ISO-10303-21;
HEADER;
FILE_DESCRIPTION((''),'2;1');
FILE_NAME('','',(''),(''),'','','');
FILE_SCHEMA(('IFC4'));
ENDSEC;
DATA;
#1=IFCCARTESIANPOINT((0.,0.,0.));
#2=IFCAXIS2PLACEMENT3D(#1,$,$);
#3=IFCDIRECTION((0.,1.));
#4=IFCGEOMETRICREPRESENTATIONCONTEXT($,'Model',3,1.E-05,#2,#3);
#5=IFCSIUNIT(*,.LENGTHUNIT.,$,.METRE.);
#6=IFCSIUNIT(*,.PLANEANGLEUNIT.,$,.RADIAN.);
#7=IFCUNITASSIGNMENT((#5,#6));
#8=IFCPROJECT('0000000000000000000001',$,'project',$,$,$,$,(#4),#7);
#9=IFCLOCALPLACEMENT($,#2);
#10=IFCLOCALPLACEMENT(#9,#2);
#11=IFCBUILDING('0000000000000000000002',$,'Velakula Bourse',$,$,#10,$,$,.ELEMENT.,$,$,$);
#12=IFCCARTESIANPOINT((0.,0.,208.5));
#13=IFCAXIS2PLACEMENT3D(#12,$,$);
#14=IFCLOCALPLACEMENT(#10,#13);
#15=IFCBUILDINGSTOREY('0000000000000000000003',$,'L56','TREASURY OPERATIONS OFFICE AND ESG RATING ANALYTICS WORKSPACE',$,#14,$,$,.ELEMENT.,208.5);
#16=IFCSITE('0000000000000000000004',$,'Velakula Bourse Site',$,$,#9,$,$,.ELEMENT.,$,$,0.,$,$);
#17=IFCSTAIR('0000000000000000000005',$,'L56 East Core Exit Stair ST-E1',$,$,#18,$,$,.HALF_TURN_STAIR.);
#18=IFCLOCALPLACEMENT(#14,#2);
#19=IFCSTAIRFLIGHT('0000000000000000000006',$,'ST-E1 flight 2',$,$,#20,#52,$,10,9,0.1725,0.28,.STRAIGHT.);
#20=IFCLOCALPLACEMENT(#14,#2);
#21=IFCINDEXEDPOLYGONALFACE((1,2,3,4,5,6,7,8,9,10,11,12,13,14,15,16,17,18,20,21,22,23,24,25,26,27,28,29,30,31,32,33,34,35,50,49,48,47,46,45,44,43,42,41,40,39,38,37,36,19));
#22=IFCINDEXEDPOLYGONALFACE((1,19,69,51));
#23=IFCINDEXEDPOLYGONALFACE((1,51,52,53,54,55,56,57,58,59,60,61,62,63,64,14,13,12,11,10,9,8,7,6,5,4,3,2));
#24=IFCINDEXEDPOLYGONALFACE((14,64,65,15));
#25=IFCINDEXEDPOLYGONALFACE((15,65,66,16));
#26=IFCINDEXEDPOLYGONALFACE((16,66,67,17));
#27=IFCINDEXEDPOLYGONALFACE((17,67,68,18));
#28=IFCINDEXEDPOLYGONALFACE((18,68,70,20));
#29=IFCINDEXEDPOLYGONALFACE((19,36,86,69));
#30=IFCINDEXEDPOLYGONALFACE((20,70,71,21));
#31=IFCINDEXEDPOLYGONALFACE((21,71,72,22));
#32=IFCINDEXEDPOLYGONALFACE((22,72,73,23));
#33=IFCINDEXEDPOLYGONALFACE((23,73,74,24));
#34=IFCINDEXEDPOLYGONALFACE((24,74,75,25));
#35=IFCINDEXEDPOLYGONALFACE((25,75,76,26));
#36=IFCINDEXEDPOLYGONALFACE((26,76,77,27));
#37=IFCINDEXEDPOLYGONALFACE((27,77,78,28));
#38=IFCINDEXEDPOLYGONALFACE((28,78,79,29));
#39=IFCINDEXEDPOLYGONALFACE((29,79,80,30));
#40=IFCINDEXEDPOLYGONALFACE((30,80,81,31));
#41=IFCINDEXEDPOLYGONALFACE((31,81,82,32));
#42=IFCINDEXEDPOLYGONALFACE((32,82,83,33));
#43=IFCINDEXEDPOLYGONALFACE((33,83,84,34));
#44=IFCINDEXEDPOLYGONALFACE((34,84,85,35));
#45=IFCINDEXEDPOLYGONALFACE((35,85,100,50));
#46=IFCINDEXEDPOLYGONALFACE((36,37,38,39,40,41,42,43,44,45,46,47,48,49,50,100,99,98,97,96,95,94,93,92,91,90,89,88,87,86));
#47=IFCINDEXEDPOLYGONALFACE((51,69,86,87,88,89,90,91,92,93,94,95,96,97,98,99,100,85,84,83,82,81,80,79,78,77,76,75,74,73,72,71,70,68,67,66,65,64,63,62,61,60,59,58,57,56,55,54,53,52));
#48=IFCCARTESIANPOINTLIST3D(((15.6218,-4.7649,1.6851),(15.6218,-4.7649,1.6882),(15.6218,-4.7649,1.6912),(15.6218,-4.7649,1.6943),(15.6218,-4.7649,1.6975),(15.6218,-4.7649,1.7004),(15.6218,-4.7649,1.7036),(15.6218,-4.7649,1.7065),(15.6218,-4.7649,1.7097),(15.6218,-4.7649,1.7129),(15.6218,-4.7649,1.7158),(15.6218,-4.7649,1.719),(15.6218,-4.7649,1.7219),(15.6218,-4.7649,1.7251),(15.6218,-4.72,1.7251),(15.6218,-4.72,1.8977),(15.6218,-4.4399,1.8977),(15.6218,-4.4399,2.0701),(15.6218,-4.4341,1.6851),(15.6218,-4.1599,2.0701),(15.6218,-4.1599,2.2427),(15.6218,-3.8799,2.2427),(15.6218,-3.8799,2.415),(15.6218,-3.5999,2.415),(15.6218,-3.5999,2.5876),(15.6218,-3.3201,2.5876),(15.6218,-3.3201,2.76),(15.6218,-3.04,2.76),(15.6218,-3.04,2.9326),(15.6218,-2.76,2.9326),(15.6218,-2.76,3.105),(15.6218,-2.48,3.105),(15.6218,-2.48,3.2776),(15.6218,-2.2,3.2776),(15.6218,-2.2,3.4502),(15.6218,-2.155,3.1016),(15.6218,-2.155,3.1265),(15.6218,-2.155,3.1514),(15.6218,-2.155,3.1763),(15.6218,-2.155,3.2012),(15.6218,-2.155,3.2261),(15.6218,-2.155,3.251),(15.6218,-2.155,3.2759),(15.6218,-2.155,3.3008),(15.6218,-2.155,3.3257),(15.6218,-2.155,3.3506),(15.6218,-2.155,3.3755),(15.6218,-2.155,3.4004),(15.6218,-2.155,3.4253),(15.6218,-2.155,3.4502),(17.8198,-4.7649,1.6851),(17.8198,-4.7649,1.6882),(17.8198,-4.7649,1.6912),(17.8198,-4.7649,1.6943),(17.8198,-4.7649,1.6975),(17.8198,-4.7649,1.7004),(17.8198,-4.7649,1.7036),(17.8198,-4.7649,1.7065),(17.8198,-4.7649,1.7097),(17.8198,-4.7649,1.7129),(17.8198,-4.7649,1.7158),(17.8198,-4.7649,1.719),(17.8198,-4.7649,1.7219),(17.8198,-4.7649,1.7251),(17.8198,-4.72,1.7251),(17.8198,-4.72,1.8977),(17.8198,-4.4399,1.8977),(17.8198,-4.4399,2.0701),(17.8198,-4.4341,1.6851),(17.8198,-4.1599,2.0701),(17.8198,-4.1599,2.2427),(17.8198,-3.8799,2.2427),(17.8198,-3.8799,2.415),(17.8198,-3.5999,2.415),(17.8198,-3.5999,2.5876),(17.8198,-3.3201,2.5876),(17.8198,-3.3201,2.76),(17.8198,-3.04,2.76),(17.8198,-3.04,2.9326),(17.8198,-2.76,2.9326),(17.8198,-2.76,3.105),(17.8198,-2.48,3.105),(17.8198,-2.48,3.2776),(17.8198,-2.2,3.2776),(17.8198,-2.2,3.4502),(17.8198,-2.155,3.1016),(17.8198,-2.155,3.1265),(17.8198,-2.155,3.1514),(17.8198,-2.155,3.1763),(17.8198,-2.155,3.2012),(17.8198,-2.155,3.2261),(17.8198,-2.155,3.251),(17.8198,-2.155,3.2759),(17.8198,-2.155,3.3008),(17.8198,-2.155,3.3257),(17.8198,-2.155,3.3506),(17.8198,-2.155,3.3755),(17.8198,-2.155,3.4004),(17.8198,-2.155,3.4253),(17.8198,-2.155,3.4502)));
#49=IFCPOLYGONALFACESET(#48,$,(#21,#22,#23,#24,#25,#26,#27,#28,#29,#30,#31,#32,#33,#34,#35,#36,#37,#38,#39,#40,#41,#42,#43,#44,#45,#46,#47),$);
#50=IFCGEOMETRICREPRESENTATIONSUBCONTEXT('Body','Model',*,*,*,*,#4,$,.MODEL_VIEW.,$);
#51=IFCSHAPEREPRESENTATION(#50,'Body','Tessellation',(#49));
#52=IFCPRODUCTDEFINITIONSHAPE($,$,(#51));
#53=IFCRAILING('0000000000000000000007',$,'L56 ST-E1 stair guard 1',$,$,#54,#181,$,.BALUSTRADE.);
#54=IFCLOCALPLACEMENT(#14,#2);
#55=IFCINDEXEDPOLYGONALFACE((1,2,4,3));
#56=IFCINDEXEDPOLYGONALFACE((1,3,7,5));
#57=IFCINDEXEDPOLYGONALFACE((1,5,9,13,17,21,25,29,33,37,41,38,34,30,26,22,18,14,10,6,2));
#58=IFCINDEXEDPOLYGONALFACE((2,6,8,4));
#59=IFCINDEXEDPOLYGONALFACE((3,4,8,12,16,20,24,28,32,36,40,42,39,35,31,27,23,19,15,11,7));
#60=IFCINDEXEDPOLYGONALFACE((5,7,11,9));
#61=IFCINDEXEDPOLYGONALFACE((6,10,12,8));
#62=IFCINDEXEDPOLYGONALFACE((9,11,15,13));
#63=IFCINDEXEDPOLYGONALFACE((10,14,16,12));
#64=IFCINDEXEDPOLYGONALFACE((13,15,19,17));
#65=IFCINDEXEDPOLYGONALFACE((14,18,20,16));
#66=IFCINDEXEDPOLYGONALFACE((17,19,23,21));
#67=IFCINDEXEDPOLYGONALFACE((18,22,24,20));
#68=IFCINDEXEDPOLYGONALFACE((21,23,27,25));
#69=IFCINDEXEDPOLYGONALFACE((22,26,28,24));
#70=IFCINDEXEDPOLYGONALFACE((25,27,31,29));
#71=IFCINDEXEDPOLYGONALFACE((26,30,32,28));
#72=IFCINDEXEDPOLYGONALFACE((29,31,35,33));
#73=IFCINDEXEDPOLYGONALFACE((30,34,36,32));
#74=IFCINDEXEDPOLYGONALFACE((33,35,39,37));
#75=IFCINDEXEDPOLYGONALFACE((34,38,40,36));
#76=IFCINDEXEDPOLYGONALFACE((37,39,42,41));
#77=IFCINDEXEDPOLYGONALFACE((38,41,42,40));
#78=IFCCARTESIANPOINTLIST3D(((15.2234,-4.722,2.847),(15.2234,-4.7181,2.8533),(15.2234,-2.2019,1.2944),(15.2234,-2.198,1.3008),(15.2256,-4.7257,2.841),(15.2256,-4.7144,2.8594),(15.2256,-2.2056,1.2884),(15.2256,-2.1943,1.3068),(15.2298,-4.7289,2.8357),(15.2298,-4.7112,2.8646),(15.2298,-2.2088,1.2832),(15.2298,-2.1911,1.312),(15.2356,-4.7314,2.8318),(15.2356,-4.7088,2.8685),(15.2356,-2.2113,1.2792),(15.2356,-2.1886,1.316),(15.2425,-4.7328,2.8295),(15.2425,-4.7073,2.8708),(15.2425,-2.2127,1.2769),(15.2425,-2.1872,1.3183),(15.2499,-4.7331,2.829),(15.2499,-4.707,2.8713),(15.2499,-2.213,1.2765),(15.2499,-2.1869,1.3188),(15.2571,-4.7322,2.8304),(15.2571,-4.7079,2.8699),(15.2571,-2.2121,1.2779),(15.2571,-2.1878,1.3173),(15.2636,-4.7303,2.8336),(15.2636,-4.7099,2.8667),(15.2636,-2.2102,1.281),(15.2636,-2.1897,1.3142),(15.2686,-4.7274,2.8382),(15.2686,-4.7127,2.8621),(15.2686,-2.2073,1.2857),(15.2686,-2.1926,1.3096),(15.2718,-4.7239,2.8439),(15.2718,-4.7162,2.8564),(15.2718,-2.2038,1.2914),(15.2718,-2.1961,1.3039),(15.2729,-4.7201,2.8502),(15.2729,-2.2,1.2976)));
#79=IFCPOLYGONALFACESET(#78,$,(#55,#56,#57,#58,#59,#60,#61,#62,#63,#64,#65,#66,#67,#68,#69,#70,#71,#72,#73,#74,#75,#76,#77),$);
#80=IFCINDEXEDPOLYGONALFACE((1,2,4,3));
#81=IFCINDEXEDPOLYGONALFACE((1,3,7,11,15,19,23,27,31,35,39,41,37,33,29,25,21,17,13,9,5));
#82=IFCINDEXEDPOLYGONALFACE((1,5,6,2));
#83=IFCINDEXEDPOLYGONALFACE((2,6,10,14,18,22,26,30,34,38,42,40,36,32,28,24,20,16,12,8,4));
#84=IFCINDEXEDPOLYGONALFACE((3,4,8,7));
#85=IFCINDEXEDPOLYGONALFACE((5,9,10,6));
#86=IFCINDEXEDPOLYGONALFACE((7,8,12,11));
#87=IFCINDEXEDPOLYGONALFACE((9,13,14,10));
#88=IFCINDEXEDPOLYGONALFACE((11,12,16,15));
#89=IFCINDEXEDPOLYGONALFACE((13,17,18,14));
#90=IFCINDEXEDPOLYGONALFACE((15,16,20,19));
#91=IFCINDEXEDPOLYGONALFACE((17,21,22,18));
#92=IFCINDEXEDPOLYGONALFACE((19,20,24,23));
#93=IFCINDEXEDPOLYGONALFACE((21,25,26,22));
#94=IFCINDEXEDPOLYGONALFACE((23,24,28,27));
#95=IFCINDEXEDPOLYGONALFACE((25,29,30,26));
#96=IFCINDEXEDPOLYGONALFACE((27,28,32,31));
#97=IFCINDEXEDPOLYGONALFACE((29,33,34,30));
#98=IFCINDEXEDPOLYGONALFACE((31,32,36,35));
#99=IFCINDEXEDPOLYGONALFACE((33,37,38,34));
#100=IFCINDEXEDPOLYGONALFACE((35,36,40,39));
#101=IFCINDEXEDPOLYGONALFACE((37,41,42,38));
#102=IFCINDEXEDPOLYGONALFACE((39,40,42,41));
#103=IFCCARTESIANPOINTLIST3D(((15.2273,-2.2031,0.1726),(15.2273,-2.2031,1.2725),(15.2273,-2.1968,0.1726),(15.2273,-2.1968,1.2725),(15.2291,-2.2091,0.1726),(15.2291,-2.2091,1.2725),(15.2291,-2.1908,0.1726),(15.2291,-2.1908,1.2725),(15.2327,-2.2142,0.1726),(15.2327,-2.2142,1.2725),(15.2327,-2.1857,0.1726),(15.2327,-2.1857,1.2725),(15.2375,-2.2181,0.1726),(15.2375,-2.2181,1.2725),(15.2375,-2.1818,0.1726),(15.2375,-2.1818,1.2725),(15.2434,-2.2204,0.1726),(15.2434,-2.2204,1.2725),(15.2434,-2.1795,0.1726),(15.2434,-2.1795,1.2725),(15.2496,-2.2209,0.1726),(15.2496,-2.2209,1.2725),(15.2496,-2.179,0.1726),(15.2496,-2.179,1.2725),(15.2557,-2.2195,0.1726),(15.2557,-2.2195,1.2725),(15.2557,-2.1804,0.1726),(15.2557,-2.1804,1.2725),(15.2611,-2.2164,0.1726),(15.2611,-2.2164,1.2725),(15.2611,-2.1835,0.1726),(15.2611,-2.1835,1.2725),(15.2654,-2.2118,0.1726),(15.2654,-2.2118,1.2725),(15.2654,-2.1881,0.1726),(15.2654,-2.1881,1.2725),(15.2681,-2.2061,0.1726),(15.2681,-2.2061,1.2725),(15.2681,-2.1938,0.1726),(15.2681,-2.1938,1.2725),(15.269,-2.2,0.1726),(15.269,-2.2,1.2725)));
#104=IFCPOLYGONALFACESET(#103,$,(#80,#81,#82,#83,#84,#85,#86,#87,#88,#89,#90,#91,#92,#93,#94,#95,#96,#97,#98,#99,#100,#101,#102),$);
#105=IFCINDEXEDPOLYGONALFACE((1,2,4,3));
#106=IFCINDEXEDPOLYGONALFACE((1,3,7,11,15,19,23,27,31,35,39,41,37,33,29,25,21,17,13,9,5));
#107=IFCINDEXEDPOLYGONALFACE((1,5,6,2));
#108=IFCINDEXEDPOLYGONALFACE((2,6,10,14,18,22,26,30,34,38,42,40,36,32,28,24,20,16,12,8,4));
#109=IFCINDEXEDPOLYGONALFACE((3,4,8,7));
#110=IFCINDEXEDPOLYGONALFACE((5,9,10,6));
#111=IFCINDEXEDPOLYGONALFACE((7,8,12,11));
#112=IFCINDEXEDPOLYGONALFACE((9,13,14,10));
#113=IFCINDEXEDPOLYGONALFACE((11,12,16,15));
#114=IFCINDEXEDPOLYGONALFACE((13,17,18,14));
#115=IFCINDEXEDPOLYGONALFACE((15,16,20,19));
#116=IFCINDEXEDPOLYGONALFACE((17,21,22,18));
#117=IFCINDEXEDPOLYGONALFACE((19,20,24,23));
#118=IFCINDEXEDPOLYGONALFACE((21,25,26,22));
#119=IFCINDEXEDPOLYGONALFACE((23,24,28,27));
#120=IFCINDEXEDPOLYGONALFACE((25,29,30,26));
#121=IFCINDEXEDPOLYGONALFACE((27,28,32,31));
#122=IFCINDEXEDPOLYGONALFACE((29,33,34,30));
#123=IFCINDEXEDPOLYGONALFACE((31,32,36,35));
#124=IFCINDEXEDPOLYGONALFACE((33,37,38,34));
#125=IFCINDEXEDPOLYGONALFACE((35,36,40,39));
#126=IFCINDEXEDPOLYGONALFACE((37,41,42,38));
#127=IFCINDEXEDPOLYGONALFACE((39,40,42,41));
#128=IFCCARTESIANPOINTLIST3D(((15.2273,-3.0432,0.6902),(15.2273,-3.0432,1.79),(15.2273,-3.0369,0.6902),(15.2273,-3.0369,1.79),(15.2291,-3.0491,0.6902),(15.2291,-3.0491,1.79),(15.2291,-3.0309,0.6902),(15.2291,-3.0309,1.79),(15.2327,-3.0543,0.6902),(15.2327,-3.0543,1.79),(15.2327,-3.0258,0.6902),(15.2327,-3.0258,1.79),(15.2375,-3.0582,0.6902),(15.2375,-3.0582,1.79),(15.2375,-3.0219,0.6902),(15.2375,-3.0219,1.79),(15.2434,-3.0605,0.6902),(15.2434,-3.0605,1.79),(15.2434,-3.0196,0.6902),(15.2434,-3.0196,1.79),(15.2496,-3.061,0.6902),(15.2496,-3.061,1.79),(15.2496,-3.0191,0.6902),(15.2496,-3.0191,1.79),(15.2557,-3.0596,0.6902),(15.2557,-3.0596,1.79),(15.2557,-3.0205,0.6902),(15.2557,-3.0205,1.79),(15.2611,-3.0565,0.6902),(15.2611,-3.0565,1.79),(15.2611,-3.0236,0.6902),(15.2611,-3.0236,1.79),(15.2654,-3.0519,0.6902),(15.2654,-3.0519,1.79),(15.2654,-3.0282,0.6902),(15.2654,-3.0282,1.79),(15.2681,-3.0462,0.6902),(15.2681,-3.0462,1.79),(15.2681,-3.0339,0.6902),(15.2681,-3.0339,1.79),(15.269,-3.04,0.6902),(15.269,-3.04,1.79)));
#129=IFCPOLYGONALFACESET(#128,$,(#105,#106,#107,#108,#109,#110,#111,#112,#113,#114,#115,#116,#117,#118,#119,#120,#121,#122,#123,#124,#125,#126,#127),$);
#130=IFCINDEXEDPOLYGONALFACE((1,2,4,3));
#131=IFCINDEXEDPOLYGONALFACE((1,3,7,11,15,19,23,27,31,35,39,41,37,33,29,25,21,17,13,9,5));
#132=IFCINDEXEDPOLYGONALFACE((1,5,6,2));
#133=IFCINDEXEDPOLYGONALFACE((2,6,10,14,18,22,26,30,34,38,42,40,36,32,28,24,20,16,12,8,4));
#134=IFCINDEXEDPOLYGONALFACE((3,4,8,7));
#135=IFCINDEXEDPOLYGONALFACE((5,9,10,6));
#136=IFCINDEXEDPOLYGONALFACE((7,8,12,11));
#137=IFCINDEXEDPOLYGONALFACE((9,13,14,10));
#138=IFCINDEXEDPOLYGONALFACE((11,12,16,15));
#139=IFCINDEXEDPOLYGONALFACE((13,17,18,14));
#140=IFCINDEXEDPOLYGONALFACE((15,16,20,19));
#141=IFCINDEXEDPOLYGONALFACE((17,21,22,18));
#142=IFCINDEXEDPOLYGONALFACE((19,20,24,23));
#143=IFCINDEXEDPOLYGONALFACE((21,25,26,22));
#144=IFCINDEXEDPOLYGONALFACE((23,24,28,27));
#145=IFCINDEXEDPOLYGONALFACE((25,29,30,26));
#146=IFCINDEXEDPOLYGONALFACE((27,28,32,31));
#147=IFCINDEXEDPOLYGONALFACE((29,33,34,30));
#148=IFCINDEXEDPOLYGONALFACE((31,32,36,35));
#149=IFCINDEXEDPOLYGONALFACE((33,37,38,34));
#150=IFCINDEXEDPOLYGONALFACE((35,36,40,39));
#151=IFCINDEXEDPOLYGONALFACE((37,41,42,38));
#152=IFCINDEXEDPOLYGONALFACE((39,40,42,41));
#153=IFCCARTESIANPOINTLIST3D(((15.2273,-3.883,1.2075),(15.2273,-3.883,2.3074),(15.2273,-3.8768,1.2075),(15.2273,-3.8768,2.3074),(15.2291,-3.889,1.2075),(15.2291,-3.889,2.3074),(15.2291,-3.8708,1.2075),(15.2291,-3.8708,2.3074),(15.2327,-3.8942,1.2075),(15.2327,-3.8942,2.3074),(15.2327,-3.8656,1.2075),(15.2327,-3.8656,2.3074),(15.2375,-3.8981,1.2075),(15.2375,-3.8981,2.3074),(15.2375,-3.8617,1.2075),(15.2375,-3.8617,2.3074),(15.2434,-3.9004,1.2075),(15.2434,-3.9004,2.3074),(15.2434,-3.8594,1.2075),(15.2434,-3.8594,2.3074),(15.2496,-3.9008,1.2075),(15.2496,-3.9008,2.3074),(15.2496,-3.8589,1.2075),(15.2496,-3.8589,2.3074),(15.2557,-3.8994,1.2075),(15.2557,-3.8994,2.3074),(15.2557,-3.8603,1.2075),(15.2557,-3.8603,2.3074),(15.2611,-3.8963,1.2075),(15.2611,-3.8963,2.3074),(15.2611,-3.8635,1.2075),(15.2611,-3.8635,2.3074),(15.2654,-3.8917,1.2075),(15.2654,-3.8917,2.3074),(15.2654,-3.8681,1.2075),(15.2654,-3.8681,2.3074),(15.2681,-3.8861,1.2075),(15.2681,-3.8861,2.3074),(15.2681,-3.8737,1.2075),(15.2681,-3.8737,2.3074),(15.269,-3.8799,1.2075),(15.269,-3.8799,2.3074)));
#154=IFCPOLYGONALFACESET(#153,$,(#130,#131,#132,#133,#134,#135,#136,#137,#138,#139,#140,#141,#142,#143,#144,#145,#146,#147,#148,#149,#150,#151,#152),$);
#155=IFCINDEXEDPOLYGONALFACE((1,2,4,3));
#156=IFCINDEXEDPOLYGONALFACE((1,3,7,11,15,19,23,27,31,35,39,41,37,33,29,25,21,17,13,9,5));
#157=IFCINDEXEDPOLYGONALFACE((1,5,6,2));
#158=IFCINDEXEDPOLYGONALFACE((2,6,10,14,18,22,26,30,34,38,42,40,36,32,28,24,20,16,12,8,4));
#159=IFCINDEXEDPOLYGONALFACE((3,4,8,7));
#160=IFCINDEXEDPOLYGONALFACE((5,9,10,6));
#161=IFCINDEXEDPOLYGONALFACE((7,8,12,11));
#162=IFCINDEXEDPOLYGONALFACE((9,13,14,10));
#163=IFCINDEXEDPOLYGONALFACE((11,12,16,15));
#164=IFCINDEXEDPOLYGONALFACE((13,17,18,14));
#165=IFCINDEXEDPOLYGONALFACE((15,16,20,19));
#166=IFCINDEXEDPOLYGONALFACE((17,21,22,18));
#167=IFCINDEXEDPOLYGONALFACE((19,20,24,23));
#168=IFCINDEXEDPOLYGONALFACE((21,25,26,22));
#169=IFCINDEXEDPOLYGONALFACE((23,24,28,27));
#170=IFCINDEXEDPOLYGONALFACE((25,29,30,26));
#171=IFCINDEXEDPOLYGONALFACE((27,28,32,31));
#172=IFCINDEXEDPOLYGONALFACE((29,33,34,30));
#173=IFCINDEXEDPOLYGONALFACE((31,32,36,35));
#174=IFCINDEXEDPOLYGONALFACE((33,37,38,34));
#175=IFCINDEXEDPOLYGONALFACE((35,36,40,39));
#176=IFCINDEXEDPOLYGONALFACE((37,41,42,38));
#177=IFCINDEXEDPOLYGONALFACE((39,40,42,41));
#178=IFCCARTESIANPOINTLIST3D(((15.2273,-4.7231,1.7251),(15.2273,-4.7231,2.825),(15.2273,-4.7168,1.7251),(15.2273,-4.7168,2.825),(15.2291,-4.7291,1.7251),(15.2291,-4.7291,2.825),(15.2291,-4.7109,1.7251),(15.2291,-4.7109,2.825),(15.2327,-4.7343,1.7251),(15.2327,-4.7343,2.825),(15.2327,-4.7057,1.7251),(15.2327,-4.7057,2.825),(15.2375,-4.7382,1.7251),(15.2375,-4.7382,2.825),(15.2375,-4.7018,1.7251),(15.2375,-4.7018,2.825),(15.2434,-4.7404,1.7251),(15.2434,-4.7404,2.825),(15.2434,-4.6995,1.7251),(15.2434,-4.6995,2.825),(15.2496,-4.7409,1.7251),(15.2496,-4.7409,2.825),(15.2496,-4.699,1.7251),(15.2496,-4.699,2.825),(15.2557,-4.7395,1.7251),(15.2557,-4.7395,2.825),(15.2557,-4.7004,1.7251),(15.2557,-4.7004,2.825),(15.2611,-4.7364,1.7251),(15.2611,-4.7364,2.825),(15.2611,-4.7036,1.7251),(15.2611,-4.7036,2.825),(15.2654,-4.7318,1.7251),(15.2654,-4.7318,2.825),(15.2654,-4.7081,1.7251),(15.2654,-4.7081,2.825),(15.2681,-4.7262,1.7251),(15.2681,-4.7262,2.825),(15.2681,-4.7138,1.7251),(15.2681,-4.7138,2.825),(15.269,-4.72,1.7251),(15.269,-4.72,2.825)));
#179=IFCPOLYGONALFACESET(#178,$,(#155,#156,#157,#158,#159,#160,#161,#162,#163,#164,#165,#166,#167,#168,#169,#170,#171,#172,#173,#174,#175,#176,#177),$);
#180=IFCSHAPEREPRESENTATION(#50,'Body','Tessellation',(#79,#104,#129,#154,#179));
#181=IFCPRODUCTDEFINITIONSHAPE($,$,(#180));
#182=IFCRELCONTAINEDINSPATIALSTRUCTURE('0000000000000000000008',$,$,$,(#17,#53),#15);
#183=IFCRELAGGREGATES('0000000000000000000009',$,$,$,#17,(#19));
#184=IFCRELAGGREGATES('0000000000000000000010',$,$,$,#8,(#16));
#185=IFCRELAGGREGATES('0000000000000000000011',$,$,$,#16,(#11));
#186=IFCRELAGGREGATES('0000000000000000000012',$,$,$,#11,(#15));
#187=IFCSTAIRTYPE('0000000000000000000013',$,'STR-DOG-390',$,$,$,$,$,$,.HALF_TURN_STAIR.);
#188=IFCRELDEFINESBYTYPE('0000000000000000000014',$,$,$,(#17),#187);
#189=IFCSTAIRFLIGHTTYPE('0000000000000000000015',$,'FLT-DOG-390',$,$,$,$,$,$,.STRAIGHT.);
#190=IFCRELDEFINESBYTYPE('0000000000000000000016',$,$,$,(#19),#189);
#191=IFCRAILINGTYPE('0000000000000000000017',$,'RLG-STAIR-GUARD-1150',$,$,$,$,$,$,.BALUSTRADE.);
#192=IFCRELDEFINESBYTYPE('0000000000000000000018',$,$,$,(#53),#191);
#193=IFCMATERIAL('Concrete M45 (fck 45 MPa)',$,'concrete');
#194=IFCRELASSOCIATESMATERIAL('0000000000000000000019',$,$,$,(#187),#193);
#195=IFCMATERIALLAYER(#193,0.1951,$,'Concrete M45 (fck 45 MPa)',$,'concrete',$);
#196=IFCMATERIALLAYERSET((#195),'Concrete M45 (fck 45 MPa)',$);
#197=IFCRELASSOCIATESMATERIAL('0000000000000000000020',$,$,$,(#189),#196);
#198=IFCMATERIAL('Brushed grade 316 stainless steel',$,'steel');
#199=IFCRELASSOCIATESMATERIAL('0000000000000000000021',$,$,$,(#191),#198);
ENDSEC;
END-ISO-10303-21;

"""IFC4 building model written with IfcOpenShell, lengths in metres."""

from ifc_helpers import new_model, si_unit, direction, frame, origin, origin_2d, place, context, subcontext, project, spatial, polyline, circle, outline, extrude, material, layer, layer_set, type_object, element, aggregate, save


model = new_model("IFC4")

# Units and contexts
model_context = context("Model", 3, precision=1e-05, world=origin(), true_north=direction((0.0, 1.0)))
body_context = subcontext(model_context, "Body", "Model", "MODEL_VIEW")
ifc_project = project(units=[si_unit("LENGTHUNIT", "METRE"), si_unit("PLANEANGLEUNIT", "RADIAN")], contexts=[model_context])

# Site, building, storey
site_placement = place(None, origin())
site = spatial("IfcSite", under=ifc_project, at=site_placement, Name="Velakula Bourse Site", CompositionType="ELEMENT", RefElevation=0.0)
building_placement = place(site_placement, origin())
building = spatial("IfcBuilding", under=site, at=building_placement, Name="Velakula Bourse", CompositionType="ELEMENT")
storey_placement = place(building_placement, frame((0.0, 0.0, 208.5)))
storey = spatial("IfcBuildingStorey", under=building, at=storey_placement, Name="L56", Description="TREASURY OPERATIONS OFFICE AND ESG RATING ANALYTICS WORKSPACE", CompositionType="ELEMENT", Elevation=208.5)

# Shared definitions
ifc_material_1 = material(Name="Brushed grade 316 stainless steel", Category="steel")

# Stair, stair flight
ifc_material_2 = material(Name="Concrete M45 (fck 45 MPa)", Category="concrete")
stair_type = type_object("IfcStairType", Name="STR-DOG-390", PredefinedType="HALF_TURN_STAIR", material=ifc_material_2)
stair_placement = place(storey_placement, origin())
stair = element("IfcStair", 1, at=stair_placement, inside=storey, type_object=stair_type, Name="L56 East Core Exit Stair ST-E1", PredefinedType="HALF_TURN_STAIR")
ifc_layer_1 = layer(ifc_material_2, 0.1951, Name="Concrete M45 (fck 45 MPa)", Category="concrete")
ifc_layer_set_1 = layer_set([ifc_layer_1], Name="Concrete M45 (fck 45 MPa)")
stair_flight_type = type_object("IfcStairFlightType", Name="FLT-DOG-390", PredefinedType="STRAIGHT", material=ifc_layer_set_1)
stair_flight_1_placement = place(storey_placement, frame((16.7209, -4.72, 1.7251), z_axis=(0.0, 0.0, 1.0), x_axis=(0.0, 1.0, 0.0)))
stair_flight_1 = element("IfcStairFlight", 2, at=stair_flight_1_placement, type_object=stair_flight_type, Name="ST-E1 flight 2", NumberOfRisers=10, NumberOfTreads=9, PredefinedType="STRAIGHT", RiserHeight=0.1725, TreadLength=0.28, context=body_context, shape_type="SweptSolid", body=[
    extrude(outline(polyline([(-0.0449, -0.04), (-0.0449, -0.0369), (-0.0449, -0.0339), (-0.0449, -0.0308), (-0.0449, -0.0276), (-0.0449, -0.0247), (-0.0449, -0.0215), (-0.0449, -0.0186), (-0.0449, -0.0154), (-0.0449, -0.0122), (-0.0449, -0.0093), (-0.0449, -0.0061), (-0.0449, -0.0032), (-0.0449, 0.0), (0.0, 0.0), (0.0, 0.1726), (0.28, 0.1726), (0.28, 0.345), (0.5601, 0.345), (0.5601, 0.5176), (0.8401, 0.5176), (0.8401, 0.6899), (1.1201, 0.6899), (1.1201, 0.8625), (1.3999, 0.8625), (1.3999, 1.0349), (1.6799, 1.0349), (1.6799, 1.2075), (1.96, 1.2075), (1.96, 1.3799), (2.24, 1.3799), (2.24, 1.5525), (2.52, 1.5525), (2.52, 1.7251), (2.5649, 1.7251), (2.5649, 1.7002), (2.5649, 1.6753), (2.5649, 1.6504), (2.5649, 1.6255), (2.5649, 1.6006), (2.5649, 1.5757), (2.5649, 1.5508), (2.5649, 1.5259), (2.5649, 1.501), (2.5649, 1.4761), (2.5649, 1.4512), (2.5649, 1.4263), (2.5649, 1.4014), (2.5649, 1.3765), (0.2859, -0.04), (-0.0449, -0.04)])), frame((0.0, 1.0991, 0.0), z_axis=(0.0, -1.0, 0.0), x_axis=(1.0, 0.0, 0.0)), (0.0, 0.0, 1.0), 2.198),
])
aggregate(stair, [stair_flight_1])

# Railing
railing_type_1 = type_object("IfcRailingType", Name="RLG-STAIR-GUARD-1150", PredefinedType="BALUSTRADE", material=ifc_material_1)
railing_1_placement = place(storey_placement, frame((15.248, -2.2, 0.1726)))
element("IfcRailing", 3, at=railing_1_placement, inside=storey, type_object=railing_type_1, Name="L56 ST-E1 stair guard 1", PredefinedType="BALUSTRADE", context=body_context, shape_type="SweptSolid", body=[
    extrude(circle(Radius=0.0249, at=origin_2d()), frame((0.0, 0.0, 1.125), z_axis=(0.0, -0.8514, 0.524516), x_axis=(1.0, 0.0, 0.0)), (0.0, 0.0, 1.0), 2.96),
    extrude(circle(Radius=0.021, at=origin_2d()), origin(), (0.0, 0.0, 1.0), 1.0999),
    extrude(circle(Radius=0.021, at=origin_2d()), frame((0.0, -0.8401, 0.5176)), (0.0, 0.0, 1.0), 1.0999),
    extrude(circle(Radius=0.021, at=origin_2d()), frame((0.0, -1.6799, 1.0349)), (0.0, 0.0, 1.0), 1.0999),
    extrude(circle(Radius=0.021, at=origin_2d()), frame((0.0, -2.52, 1.5525)), (0.0, 0.0, 1.0), 1.0999),
])

save(model, "model.ifc")
